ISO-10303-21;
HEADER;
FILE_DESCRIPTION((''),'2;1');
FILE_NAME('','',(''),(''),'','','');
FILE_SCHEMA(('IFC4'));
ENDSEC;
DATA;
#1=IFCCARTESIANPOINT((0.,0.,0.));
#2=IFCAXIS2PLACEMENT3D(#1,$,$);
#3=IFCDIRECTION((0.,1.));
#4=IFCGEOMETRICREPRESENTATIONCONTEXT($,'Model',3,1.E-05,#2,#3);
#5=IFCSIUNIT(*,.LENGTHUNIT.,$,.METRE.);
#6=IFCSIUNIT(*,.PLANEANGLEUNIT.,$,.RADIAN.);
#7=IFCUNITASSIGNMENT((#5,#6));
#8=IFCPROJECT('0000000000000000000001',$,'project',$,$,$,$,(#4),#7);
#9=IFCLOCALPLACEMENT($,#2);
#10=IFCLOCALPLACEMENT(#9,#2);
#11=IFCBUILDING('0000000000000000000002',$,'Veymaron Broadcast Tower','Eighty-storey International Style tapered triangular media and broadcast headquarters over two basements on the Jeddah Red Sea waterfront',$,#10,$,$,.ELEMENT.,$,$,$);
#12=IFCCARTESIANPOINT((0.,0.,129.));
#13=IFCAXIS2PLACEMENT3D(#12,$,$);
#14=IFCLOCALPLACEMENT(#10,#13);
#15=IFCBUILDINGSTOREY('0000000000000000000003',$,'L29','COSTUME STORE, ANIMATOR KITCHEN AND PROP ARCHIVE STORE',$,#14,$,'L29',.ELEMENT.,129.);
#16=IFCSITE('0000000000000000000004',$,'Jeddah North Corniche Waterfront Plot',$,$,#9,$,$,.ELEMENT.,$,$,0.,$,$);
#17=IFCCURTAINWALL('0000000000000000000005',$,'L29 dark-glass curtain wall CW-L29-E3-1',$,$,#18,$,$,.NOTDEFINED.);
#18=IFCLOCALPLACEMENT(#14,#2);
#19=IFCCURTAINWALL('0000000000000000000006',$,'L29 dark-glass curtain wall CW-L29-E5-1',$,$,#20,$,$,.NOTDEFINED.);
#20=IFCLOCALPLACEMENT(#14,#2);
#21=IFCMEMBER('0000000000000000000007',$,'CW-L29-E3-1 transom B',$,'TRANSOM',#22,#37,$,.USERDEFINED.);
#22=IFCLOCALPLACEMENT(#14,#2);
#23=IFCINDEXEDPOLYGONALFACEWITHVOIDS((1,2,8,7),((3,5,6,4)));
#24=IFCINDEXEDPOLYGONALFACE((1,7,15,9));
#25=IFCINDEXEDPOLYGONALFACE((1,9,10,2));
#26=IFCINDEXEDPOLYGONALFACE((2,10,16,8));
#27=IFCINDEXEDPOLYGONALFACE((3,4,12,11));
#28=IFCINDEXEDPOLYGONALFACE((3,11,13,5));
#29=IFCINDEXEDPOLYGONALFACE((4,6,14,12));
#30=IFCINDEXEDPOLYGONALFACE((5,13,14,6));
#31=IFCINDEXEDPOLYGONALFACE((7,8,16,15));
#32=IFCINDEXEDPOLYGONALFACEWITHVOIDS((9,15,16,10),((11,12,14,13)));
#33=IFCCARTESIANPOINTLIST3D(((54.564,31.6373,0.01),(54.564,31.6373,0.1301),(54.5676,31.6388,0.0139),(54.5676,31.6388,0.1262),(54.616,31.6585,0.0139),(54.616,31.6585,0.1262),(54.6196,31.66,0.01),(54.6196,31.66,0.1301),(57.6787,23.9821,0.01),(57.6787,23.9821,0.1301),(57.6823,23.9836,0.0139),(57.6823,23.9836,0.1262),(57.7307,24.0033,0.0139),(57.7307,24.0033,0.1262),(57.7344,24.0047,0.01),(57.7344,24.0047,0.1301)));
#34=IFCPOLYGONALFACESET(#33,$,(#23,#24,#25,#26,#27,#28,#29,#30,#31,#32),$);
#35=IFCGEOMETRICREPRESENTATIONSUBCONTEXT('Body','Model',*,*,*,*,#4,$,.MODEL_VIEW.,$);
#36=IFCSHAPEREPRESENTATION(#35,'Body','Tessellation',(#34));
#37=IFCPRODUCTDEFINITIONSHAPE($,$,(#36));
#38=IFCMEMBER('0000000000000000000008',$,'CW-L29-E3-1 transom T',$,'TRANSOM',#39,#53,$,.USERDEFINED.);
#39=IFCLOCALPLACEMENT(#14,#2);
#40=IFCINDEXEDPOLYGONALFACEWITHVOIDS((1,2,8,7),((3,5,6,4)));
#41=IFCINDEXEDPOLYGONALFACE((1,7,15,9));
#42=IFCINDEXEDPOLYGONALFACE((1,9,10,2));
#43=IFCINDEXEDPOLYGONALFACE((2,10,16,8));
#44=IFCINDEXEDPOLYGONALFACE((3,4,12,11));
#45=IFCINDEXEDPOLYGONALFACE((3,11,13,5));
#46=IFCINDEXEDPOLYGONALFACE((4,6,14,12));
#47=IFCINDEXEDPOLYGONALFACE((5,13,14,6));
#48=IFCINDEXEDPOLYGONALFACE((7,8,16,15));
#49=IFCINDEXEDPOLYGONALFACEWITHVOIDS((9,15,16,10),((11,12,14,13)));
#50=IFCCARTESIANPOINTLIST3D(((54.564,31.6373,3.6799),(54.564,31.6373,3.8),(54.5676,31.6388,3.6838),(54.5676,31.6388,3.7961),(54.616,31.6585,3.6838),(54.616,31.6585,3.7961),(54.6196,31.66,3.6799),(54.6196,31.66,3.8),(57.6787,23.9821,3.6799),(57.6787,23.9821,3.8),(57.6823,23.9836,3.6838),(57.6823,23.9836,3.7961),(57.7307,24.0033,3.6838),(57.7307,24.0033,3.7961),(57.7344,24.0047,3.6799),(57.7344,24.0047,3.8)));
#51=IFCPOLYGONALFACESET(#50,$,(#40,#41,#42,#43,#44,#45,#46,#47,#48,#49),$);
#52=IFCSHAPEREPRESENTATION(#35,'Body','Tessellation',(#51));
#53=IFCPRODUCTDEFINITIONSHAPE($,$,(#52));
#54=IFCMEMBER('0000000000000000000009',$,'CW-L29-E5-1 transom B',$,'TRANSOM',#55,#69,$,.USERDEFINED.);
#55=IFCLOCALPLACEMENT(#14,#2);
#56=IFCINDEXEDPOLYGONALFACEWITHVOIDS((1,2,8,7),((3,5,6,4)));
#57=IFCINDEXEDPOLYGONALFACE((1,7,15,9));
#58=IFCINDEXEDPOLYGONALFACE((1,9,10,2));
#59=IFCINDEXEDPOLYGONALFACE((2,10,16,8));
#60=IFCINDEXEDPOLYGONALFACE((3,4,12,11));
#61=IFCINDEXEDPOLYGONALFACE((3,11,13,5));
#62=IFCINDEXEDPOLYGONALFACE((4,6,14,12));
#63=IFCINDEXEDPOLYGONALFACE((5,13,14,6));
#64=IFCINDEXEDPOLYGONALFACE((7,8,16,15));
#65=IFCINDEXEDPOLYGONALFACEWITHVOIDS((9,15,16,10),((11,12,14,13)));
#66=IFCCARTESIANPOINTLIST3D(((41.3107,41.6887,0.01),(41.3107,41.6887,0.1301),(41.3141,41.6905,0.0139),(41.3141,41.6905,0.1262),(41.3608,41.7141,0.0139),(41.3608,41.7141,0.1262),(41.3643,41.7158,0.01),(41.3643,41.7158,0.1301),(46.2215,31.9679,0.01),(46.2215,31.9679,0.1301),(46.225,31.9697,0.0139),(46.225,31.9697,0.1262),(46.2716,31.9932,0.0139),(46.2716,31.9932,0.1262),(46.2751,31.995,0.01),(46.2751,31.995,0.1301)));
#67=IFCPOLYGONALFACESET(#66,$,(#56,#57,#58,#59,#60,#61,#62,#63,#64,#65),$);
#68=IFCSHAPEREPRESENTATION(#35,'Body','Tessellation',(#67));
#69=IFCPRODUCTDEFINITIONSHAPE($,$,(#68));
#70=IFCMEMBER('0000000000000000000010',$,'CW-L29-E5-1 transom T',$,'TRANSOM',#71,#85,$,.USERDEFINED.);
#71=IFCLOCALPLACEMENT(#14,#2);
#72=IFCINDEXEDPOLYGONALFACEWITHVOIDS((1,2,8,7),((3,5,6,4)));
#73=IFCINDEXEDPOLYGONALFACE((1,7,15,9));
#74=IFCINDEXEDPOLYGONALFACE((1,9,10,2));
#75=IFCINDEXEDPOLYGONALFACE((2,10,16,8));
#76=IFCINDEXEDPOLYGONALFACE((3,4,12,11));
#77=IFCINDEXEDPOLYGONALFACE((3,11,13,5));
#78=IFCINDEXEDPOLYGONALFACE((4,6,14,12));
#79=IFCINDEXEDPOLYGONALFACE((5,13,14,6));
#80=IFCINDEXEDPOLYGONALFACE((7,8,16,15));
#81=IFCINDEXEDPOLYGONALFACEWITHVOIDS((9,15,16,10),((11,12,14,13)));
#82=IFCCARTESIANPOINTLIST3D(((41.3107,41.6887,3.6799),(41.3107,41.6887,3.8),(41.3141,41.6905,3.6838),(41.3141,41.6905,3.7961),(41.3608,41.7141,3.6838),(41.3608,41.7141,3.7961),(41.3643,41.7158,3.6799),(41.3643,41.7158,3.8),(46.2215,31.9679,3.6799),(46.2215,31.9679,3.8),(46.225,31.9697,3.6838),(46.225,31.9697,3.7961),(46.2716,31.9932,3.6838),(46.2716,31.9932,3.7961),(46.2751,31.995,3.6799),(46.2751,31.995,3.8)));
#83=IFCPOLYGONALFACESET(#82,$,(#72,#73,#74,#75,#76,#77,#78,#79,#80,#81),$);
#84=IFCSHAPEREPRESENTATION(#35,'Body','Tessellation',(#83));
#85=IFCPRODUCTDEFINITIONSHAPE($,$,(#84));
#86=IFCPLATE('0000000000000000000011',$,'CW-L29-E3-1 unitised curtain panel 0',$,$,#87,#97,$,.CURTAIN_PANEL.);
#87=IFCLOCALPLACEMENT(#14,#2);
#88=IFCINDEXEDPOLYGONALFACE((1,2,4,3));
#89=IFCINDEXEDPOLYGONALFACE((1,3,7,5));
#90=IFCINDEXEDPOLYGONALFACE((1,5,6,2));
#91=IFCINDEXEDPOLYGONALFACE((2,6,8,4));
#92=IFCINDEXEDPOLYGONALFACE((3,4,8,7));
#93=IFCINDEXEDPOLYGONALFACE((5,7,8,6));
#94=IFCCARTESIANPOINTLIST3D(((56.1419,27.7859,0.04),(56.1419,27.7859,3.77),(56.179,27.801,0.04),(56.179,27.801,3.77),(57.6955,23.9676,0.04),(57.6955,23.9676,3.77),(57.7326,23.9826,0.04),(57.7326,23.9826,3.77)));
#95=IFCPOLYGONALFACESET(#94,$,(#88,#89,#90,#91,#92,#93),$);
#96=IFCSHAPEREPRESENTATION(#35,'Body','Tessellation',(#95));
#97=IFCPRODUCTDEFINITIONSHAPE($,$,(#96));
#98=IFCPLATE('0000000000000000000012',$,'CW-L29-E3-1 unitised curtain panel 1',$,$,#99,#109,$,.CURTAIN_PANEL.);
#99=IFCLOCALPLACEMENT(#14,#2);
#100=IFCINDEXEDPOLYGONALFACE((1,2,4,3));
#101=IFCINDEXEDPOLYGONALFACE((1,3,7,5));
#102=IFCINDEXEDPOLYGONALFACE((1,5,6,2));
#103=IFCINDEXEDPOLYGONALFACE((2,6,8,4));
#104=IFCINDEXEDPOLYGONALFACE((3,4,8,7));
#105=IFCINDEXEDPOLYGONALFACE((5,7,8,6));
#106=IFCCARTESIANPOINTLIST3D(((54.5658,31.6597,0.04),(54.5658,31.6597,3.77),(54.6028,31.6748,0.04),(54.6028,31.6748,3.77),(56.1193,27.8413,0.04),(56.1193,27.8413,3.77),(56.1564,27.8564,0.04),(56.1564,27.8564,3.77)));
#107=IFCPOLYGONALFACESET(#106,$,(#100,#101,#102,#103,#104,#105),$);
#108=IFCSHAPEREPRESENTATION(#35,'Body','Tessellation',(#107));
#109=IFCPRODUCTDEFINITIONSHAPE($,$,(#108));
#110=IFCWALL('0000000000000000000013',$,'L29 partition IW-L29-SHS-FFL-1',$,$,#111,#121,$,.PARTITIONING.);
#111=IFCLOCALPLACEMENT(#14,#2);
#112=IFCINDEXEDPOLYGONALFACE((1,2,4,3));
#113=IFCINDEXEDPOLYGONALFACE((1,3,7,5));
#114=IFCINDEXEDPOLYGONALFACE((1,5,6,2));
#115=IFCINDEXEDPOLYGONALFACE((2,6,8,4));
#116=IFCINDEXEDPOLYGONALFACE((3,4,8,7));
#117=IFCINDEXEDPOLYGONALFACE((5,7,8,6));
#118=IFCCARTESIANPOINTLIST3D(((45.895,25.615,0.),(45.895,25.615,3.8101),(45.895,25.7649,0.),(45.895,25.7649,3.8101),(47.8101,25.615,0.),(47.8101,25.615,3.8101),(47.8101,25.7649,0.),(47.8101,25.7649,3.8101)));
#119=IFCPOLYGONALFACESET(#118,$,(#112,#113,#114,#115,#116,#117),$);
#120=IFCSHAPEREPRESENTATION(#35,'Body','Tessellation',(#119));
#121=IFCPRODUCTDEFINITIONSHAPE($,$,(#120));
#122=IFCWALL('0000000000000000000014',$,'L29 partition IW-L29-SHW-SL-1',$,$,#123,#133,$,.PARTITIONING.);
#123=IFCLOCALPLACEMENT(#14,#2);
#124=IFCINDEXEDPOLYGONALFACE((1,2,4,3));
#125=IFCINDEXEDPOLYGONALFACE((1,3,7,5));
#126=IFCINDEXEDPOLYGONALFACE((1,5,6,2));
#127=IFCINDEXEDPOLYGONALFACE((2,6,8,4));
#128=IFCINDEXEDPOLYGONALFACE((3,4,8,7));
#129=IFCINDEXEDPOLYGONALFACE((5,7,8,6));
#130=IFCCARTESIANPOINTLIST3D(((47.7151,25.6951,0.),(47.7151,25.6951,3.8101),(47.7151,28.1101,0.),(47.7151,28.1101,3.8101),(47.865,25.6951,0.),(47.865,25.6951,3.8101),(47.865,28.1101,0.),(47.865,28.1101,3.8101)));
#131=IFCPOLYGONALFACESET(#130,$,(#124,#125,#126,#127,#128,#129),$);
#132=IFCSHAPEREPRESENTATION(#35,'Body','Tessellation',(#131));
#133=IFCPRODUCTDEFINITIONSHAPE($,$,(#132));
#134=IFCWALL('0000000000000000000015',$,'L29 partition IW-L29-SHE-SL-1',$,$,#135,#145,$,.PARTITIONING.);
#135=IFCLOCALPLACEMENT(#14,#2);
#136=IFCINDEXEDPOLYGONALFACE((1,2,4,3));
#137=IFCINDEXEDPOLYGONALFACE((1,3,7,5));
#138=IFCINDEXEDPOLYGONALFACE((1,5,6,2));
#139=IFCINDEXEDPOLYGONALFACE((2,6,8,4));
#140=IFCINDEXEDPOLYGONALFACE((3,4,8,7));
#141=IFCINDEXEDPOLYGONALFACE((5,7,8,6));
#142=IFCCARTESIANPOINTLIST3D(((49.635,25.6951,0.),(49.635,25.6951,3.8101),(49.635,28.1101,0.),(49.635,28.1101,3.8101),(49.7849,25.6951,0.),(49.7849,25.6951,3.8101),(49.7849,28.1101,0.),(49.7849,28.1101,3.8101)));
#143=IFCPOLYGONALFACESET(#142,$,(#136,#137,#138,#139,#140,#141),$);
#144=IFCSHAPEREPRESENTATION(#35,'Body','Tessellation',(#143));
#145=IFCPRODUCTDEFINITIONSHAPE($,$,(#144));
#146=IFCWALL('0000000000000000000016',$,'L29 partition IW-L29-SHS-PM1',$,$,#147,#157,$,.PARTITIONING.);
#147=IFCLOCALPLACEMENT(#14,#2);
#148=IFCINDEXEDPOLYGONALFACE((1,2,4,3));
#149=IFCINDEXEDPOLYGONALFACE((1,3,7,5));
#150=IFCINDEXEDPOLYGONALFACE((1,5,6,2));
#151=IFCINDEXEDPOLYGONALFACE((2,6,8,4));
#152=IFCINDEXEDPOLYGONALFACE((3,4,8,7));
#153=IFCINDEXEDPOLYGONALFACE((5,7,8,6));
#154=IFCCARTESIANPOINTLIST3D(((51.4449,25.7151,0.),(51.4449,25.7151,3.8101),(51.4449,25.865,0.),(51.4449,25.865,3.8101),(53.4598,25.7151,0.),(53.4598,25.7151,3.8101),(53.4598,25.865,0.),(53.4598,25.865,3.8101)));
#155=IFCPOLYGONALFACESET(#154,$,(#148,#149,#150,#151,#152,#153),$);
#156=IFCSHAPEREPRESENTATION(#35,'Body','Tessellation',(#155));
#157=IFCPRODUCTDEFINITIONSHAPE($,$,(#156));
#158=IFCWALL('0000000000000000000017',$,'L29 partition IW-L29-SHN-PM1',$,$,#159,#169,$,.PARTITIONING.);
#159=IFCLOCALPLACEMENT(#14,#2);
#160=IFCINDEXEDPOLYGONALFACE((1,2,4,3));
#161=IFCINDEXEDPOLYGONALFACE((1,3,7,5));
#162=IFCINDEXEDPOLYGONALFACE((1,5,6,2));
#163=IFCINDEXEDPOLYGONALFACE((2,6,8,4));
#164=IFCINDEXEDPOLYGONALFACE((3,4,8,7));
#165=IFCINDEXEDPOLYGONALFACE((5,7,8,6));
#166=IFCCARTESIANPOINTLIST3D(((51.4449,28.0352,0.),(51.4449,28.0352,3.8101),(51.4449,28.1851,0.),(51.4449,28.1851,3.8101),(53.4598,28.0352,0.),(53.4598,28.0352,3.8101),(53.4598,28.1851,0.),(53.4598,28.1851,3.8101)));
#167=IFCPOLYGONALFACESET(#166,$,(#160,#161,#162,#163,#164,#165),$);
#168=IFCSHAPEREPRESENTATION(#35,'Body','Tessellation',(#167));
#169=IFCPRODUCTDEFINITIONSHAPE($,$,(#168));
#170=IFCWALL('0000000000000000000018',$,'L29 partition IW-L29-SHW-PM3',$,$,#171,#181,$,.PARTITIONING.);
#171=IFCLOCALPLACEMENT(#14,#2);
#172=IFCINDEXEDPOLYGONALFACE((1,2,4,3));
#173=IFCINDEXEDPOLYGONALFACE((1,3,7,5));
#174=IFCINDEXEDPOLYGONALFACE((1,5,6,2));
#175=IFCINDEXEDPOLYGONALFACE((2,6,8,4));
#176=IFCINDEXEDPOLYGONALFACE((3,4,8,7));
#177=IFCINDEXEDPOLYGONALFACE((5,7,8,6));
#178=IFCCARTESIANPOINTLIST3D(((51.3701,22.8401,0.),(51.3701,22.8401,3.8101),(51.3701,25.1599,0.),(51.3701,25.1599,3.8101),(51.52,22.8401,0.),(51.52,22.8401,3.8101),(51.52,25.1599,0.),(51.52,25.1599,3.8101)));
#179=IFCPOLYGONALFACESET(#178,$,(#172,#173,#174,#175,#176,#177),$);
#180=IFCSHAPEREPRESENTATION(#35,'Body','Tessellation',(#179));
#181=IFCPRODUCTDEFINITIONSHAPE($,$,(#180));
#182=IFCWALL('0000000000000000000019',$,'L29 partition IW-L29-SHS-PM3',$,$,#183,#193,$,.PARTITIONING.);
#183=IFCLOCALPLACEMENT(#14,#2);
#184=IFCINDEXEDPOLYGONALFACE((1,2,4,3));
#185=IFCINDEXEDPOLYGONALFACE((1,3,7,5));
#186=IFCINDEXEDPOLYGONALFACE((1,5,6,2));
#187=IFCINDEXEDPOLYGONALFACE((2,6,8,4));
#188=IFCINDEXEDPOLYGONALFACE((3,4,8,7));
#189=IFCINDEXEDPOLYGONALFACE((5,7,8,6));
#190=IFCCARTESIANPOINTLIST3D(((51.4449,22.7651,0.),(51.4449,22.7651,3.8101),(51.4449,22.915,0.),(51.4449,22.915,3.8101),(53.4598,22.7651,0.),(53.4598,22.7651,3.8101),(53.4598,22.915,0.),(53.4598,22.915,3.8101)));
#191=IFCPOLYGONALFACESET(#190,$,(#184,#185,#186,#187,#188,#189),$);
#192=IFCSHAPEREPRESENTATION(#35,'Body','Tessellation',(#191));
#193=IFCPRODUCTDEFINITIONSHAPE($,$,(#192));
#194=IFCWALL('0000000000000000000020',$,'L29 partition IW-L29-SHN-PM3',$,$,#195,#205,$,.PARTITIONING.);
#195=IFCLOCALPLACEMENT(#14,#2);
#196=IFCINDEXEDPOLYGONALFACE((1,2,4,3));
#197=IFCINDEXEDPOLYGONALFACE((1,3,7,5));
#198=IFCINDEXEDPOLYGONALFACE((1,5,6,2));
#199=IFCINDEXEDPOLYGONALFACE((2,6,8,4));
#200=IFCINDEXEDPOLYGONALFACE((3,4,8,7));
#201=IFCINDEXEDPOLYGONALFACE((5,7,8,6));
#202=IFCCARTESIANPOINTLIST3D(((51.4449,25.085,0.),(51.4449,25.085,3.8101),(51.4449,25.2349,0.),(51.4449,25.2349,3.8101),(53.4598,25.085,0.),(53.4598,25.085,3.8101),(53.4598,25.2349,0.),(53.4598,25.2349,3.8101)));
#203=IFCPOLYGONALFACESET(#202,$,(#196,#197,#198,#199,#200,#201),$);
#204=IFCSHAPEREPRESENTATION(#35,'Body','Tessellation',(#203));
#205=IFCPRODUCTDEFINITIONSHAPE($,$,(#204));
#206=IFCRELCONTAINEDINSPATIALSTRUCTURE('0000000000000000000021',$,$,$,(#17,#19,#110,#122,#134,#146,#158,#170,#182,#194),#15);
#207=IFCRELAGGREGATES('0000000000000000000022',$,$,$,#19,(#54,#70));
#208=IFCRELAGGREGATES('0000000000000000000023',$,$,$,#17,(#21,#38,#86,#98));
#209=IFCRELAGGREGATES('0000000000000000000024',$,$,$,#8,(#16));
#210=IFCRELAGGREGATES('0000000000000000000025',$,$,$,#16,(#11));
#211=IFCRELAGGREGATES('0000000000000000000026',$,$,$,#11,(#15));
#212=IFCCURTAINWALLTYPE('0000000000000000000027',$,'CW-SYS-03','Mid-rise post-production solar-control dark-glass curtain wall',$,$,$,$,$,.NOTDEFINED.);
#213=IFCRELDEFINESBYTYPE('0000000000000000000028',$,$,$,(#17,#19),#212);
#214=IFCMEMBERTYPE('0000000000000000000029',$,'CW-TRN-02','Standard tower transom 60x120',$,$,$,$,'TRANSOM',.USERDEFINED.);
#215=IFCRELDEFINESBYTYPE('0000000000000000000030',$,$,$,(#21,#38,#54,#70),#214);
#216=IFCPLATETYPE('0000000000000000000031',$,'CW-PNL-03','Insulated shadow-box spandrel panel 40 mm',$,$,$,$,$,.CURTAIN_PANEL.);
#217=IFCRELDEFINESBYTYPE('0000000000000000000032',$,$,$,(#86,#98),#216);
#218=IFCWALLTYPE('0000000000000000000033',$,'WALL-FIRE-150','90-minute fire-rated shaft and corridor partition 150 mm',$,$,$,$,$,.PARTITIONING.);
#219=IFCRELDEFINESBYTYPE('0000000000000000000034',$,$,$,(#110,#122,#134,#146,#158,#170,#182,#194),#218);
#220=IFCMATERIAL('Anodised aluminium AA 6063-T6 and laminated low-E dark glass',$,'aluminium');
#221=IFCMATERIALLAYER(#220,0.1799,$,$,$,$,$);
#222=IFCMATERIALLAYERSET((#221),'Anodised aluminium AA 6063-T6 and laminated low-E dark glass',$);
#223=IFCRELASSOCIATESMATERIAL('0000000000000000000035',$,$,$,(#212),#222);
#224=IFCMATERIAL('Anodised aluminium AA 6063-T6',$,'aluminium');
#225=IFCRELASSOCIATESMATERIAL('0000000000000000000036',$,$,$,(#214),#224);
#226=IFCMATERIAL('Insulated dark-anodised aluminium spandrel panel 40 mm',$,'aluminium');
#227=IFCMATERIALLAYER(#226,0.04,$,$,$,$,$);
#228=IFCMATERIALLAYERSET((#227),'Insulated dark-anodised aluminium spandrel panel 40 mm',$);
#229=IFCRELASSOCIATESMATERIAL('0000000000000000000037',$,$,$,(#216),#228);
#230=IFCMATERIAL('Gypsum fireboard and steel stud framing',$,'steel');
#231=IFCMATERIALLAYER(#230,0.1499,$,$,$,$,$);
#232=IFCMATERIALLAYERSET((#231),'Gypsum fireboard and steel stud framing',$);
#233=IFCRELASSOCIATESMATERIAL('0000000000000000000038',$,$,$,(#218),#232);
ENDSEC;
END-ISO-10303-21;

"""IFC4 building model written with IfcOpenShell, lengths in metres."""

from ifc_helpers import new_model, si_unit, direction, frame, frame_2d, origin, origin_2d, place, context, subcontext, project, spatial, rectangle, hollow_rectangle, extrude, material, layer, layer_set, material_profile, profile_set, type_object, element, aggregate, save


model = new_model("IFC4")

# Units and contexts
model_context = context("Model", 3, precision=1e-05, world=origin(), true_north=direction((0.0, 1.0)))
body_context = subcontext(model_context, "Body", "Model", "MODEL_VIEW")
ifc_project = project(units=[si_unit("LENGTHUNIT", "METRE"), si_unit("PLANEANGLEUNIT", "RADIAN")], contexts=[model_context])

# Site, building, storey
site_placement = place(None, origin())
site = spatial("IfcSite", under=ifc_project, at=site_placement, Name="Jeddah North Corniche Waterfront Plot", CompositionType="ELEMENT", RefElevation=0.0)
building_placement = place(site_placement, origin())
building = spatial("IfcBuilding", under=site, at=building_placement, Name="Veymaron Broadcast Tower", Description="Eighty-storey International Style tapered triangular media and broadcast headquarters over two basements on the Jeddah Red Sea waterfront", CompositionType="ELEMENT")
storey_placement = place(building_placement, frame((0.0, 0.0, 129.0)))
storey = spatial("IfcBuildingStorey", under=building, at=storey_placement, Name="L29", Description="COSTUME STORE, ANIMATOR KITCHEN AND PROP ARCHIVE STORE", LongName="L29", CompositionType="ELEMENT", Elevation=129.0)

# Shared definitions
ifc_material_1 = material(Name="Anodised aluminium AA 6063-T6 and laminated low-E dark glass", Category="aluminium")
ifc_layer_1 = layer(ifc_material_1, 0.1799)
ifc_layer_set_1 = layer_set([ifc_layer_1], Name="Anodised aluminium AA 6063-T6 and laminated low-E dark glass")
curtain_wall_type = type_object("IfcCurtainWallType", Name="CW-SYS-03", Description="Mid-rise post-production solar-control dark-glass curtain wall", PredefinedType="NOTDEFINED", material=ifc_layer_set_1)
ifc_material_2 = material(Name="Anodised aluminium AA 6063-T6", Category="aluminium")

# Curtain wall
curtain_wall_1_placement = place(storey_placement, origin())
curtain_wall_1 = element("IfcCurtainWall", 1, at=curtain_wall_1_placement, inside=storey, type_object=curtain_wall_type, Name="L29 dark-glass curtain wall CW-L29-E3-1", PredefinedType="NOTDEFINED")

# Curtain wall
curtain_wall_2_placement = place(storey_placement, origin())
curtain_wall_2 = element("IfcCurtainWall", 2, at=curtain_wall_2_placement, inside=storey, type_object=curtain_wall_type, Name="L29 dark-glass curtain wall CW-L29-E5-1", PredefinedType="NOTDEFINED")

# Members
ifc_material_profile_1 = material_profile(ifc_material_2, hollow_rectangle(XDim=0.0601, YDim=0.1201, WallThickness=0.0039, at=origin_2d()), Name="AL120X60X4")
ifc_profile_set_1 = profile_set([ifc_material_profile_1], Name="Anodised aluminium AA 6063-T6")
member_type_1 = type_object("IfcMemberType", Name="CW-TRN-02", Description="Standard tower transom 60x120", ElementType="TRANSOM", PredefinedType="USERDEFINED", material=ifc_profile_set_1)
member_1_placement = place(storey_placement, frame((57.7065, 23.9934, 0.0701), z_axis=(-0.376875, 0.926264, 0.0), x_axis=(-0.926264, -0.376875, 0.0)))
member_1 = element("IfcMember", 3, at=member_1_placement, type_object=member_type_1, Name="CW-L29-E3-1 transom B", ObjectType="TRANSOM", PredefinedType="USERDEFINED", context=body_context, shape_type="SweptSolid", body=[
    extrude(hollow_rectangle(XDim=0.0601, YDim=0.1201, WallThickness=0.0039, at=origin_2d()), origin(), (0.0, 0.0, 1.0), 8.2646),
])
member_2_placement = place(storey_placement, frame((57.7065, 23.9934, 3.74), z_axis=(-0.376875, 0.926264, 0.0), x_axis=(-0.926264, -0.376875, 0.0)))
member_2 = element("IfcMember", 4, at=member_2_placement, type_object=member_type_1, Name="CW-L29-E3-1 transom T", ObjectType="TRANSOM", PredefinedType="USERDEFINED", context=body_context, shape_type="SweptSolid", body=[
    extrude(hollow_rectangle(XDim=0.0601, YDim=0.1201, WallThickness=0.0039, at=origin_2d()), origin(), (0.0, 0.0, 1.0), 8.2646),
])
member_3_placement = place(storey_placement, frame((46.2483, 31.9814, 0.0701), z_axis=(-0.450913, 0.892568, 0.0), x_axis=(-0.892568, -0.450913, 0.0)))
member_3 = element("IfcMember", 5, at=member_3_placement, type_object=member_type_1, Name="CW-L29-E5-1 transom B", ObjectType="TRANSOM", PredefinedType="USERDEFINED", context=body_context, shape_type="SweptSolid", body=[
    extrude(hollow_rectangle(XDim=0.0601, YDim=0.1201, WallThickness=0.0039, at=origin_2d()), origin(), (0.0, 0.0, 1.0), 10.8909),
])
member_4_placement = place(storey_placement, frame((46.2483, 31.9814, 3.74), z_axis=(-0.450913, 0.892568, 0.0), x_axis=(-0.892568, -0.450913, 0.0)))
member_4 = element("IfcMember", 6, at=member_4_placement, type_object=member_type_1, Name="CW-L29-E5-1 transom T", ObjectType="TRANSOM", PredefinedType="USERDEFINED", context=body_context, shape_type="SweptSolid", body=[
    extrude(hollow_rectangle(XDim=0.0601, YDim=0.1201, WallThickness=0.0039, at=origin_2d()), origin(), (0.0, 0.0, 1.0), 10.8909),
])
aggregate(curtain_wall_2, [member_3, member_4])

# Plates
ifc_material_3 = material(Name="Insulated dark-anodised aluminium spandrel panel 40 mm", Category="aluminium")
ifc_layer_2 = layer(ifc_material_3, 0.04)
ifc_layer_set_2 = layer_set([ifc_layer_2], Name="Insulated dark-anodised aluminium spandrel panel 40 mm")
plate_type = type_object("IfcPlateType", Name="CW-PNL-03", Description="Insulated shadow-box spandrel panel 40 mm", PredefinedType="CURTAIN_PANEL", material=ifc_layer_set_2)
plate_1_placement = place(storey_placement, frame((56.9373, 25.8843, 0.04), z_axis=(0.0, 0.0, 1.0), x_axis=(-0.376871, 0.926266, 0.0)))
plate_1 = element("IfcPlate", 7, at=plate_1_placement, type_object=plate_type, Name="CW-L29-E3-1 unitised curtain panel 0", PredefinedType="CURTAIN_PANEL", context=body_context, shape_type="SweptSolid", body=[
    extrude(rectangle(XDim=4.1223, YDim=0.04, at=origin_2d()), origin(), (0.0, 0.0, 1.0), 3.73),
])
plate_2_placement = place(storey_placement, frame((55.3611, 29.7581, 0.04), z_axis=(0.0, 0.0, 1.0), x_axis=(-0.376871, 0.926266, 0.0)))
plate_2 = element("IfcPlate", 8, at=plate_2_placement, type_object=plate_type, Name="CW-L29-E3-1 unitised curtain panel 1", PredefinedType="CURTAIN_PANEL", context=body_context, shape_type="SweptSolid", body=[
    extrude(rectangle(XDim=4.1223, YDim=0.04, at=origin_2d()), origin(), (0.0, 0.0, 1.0), 3.73),
])
aggregate(curtain_wall_1, [member_1, member_2, plate_1, plate_2])

# Wall
ifc_material_4 = material(Name="Gypsum fireboard and steel stud framing", Category="steel")
ifc_layer_3 = layer(ifc_material_4, 0.1499)
ifc_layer_set_3 = layer_set([ifc_layer_3], Name="Gypsum fireboard and steel stud framing")
wall_type_1 = type_object("IfcWallType", Name="WALL-FIRE-150", Description="90-minute fire-rated shaft and corridor partition 150 mm", PredefinedType="PARTITIONING", material=ifc_layer_set_3)
wall_1_placement = place(storey_placement, frame((45.895, 25.6899, 0.0), z_axis=(0.0, 0.0, 1.0), x_axis=(1.0, 0.0, 0.0)))
element("IfcWall", 9, at=wall_1_placement, inside=storey, type_object=wall_type_1, Name="L29 partition IW-L29-SHS-FFL-1", PredefinedType="PARTITIONING", context=body_context, shape_type="SweptSolid", body=[
    extrude(rectangle(XDim=1.915, YDim=0.1499, at=frame_2d((0.9575, 0.0))), origin(), (0.0, 0.0, 1.0), 3.8101),
])

# Walls
for number, where, z_axis, x_axis, name in (
    (10, (47.79, 25.6951, 0.0), (0.0, 0.0, 1.0), (0.0, 1.0, 0.0), "L29 partition IW-L29-SHW-SL-1"),
    (11, (49.71, 25.6951, 0.0), (0.0, 0.0, 1.0), (0.0, 1.0, 0.0), "L29 partition IW-L29-SHE-SL-1"),
):
    element("IfcWall", number, at=place(storey_placement, frame(where, z_axis=z_axis, x_axis=x_axis)), inside=storey, type_object=wall_type_1, Name=name, PredefinedType="PARTITIONING", context=body_context, shape_type="SweptSolid", body=[
        extrude(rectangle(XDim=2.415, YDim=0.1499, at=frame_2d((1.2075, 0.0))), origin(), (0.0, 0.0, 1.0), 3.8101),
    ])

# Walls
for number, where, z_axis, x_axis, name in (
    (12, (51.4451, 25.79, 0.0), (0.0, 0.0, 1.0), (1.0, 0.0, 0.0), "L29 partition IW-L29-SHS-PM1"),
    (13, (51.4451, 28.1101, 0.0), (0.0, 0.0, 1.0), (1.0, 0.0, 0.0), "L29 partition IW-L29-SHN-PM1"),
):
    element("IfcWall", number, at=place(storey_placement, frame(where, z_axis=z_axis, x_axis=x_axis)), inside=storey, type_object=wall_type_1, Name=name, PredefinedType="PARTITIONING", context=body_context, shape_type="SweptSolid", body=[
        extrude(rectangle(XDim=2.0149, YDim=0.1499, at=frame_2d((1.0073, 0.0))), origin(), (0.0, 0.0, 1.0), 3.8101),
    ])
wall_2_placement = place(storey_placement, frame((51.4451, 22.8401, 0.0), z_axis=(0.0, 0.0, 1.0), x_axis=(0.0, 1.0, 0.0)))
element("IfcWall", 14, at=wall_2_placement, inside=storey, type_object=wall_type_1, Name="L29 partition IW-L29-SHW-PM3", PredefinedType="PARTITIONING", context=body_context, shape_type="SweptSolid", body=[
    extrude(rectangle(XDim=2.3198, YDim=0.1499, at=frame_2d((1.1599, 0.0))), origin(), (0.0, 0.0, 1.0), 3.8101),
])
for number, where, z_axis, x_axis, name in (
    (15, (51.4451, 22.8401, 0.0), (0.0, 0.0, 1.0), (1.0, 0.0, 0.0), "L29 partition IW-L29-SHS-PM3"),
    (16, (51.4451, 25.1599, 0.0), (0.0, 0.0, 1.0), (1.0, 0.0, 0.0), "L29 partition IW-L29-SHN-PM3"),
):
    element("IfcWall", number, at=place(storey_placement, frame(where, z_axis=z_axis, x_axis=x_axis)), inside=storey, type_object=wall_type_1, Name=name, PredefinedType="PARTITIONING", context=body_context, shape_type="SweptSolid", body=[
        extrude(rectangle(XDim=2.0149, YDim=0.1499, at=frame_2d((1.0073, 0.0))), origin(), (0.0, 0.0, 1.0), 3.8101),
    ])

save(model, "model.ifc")
